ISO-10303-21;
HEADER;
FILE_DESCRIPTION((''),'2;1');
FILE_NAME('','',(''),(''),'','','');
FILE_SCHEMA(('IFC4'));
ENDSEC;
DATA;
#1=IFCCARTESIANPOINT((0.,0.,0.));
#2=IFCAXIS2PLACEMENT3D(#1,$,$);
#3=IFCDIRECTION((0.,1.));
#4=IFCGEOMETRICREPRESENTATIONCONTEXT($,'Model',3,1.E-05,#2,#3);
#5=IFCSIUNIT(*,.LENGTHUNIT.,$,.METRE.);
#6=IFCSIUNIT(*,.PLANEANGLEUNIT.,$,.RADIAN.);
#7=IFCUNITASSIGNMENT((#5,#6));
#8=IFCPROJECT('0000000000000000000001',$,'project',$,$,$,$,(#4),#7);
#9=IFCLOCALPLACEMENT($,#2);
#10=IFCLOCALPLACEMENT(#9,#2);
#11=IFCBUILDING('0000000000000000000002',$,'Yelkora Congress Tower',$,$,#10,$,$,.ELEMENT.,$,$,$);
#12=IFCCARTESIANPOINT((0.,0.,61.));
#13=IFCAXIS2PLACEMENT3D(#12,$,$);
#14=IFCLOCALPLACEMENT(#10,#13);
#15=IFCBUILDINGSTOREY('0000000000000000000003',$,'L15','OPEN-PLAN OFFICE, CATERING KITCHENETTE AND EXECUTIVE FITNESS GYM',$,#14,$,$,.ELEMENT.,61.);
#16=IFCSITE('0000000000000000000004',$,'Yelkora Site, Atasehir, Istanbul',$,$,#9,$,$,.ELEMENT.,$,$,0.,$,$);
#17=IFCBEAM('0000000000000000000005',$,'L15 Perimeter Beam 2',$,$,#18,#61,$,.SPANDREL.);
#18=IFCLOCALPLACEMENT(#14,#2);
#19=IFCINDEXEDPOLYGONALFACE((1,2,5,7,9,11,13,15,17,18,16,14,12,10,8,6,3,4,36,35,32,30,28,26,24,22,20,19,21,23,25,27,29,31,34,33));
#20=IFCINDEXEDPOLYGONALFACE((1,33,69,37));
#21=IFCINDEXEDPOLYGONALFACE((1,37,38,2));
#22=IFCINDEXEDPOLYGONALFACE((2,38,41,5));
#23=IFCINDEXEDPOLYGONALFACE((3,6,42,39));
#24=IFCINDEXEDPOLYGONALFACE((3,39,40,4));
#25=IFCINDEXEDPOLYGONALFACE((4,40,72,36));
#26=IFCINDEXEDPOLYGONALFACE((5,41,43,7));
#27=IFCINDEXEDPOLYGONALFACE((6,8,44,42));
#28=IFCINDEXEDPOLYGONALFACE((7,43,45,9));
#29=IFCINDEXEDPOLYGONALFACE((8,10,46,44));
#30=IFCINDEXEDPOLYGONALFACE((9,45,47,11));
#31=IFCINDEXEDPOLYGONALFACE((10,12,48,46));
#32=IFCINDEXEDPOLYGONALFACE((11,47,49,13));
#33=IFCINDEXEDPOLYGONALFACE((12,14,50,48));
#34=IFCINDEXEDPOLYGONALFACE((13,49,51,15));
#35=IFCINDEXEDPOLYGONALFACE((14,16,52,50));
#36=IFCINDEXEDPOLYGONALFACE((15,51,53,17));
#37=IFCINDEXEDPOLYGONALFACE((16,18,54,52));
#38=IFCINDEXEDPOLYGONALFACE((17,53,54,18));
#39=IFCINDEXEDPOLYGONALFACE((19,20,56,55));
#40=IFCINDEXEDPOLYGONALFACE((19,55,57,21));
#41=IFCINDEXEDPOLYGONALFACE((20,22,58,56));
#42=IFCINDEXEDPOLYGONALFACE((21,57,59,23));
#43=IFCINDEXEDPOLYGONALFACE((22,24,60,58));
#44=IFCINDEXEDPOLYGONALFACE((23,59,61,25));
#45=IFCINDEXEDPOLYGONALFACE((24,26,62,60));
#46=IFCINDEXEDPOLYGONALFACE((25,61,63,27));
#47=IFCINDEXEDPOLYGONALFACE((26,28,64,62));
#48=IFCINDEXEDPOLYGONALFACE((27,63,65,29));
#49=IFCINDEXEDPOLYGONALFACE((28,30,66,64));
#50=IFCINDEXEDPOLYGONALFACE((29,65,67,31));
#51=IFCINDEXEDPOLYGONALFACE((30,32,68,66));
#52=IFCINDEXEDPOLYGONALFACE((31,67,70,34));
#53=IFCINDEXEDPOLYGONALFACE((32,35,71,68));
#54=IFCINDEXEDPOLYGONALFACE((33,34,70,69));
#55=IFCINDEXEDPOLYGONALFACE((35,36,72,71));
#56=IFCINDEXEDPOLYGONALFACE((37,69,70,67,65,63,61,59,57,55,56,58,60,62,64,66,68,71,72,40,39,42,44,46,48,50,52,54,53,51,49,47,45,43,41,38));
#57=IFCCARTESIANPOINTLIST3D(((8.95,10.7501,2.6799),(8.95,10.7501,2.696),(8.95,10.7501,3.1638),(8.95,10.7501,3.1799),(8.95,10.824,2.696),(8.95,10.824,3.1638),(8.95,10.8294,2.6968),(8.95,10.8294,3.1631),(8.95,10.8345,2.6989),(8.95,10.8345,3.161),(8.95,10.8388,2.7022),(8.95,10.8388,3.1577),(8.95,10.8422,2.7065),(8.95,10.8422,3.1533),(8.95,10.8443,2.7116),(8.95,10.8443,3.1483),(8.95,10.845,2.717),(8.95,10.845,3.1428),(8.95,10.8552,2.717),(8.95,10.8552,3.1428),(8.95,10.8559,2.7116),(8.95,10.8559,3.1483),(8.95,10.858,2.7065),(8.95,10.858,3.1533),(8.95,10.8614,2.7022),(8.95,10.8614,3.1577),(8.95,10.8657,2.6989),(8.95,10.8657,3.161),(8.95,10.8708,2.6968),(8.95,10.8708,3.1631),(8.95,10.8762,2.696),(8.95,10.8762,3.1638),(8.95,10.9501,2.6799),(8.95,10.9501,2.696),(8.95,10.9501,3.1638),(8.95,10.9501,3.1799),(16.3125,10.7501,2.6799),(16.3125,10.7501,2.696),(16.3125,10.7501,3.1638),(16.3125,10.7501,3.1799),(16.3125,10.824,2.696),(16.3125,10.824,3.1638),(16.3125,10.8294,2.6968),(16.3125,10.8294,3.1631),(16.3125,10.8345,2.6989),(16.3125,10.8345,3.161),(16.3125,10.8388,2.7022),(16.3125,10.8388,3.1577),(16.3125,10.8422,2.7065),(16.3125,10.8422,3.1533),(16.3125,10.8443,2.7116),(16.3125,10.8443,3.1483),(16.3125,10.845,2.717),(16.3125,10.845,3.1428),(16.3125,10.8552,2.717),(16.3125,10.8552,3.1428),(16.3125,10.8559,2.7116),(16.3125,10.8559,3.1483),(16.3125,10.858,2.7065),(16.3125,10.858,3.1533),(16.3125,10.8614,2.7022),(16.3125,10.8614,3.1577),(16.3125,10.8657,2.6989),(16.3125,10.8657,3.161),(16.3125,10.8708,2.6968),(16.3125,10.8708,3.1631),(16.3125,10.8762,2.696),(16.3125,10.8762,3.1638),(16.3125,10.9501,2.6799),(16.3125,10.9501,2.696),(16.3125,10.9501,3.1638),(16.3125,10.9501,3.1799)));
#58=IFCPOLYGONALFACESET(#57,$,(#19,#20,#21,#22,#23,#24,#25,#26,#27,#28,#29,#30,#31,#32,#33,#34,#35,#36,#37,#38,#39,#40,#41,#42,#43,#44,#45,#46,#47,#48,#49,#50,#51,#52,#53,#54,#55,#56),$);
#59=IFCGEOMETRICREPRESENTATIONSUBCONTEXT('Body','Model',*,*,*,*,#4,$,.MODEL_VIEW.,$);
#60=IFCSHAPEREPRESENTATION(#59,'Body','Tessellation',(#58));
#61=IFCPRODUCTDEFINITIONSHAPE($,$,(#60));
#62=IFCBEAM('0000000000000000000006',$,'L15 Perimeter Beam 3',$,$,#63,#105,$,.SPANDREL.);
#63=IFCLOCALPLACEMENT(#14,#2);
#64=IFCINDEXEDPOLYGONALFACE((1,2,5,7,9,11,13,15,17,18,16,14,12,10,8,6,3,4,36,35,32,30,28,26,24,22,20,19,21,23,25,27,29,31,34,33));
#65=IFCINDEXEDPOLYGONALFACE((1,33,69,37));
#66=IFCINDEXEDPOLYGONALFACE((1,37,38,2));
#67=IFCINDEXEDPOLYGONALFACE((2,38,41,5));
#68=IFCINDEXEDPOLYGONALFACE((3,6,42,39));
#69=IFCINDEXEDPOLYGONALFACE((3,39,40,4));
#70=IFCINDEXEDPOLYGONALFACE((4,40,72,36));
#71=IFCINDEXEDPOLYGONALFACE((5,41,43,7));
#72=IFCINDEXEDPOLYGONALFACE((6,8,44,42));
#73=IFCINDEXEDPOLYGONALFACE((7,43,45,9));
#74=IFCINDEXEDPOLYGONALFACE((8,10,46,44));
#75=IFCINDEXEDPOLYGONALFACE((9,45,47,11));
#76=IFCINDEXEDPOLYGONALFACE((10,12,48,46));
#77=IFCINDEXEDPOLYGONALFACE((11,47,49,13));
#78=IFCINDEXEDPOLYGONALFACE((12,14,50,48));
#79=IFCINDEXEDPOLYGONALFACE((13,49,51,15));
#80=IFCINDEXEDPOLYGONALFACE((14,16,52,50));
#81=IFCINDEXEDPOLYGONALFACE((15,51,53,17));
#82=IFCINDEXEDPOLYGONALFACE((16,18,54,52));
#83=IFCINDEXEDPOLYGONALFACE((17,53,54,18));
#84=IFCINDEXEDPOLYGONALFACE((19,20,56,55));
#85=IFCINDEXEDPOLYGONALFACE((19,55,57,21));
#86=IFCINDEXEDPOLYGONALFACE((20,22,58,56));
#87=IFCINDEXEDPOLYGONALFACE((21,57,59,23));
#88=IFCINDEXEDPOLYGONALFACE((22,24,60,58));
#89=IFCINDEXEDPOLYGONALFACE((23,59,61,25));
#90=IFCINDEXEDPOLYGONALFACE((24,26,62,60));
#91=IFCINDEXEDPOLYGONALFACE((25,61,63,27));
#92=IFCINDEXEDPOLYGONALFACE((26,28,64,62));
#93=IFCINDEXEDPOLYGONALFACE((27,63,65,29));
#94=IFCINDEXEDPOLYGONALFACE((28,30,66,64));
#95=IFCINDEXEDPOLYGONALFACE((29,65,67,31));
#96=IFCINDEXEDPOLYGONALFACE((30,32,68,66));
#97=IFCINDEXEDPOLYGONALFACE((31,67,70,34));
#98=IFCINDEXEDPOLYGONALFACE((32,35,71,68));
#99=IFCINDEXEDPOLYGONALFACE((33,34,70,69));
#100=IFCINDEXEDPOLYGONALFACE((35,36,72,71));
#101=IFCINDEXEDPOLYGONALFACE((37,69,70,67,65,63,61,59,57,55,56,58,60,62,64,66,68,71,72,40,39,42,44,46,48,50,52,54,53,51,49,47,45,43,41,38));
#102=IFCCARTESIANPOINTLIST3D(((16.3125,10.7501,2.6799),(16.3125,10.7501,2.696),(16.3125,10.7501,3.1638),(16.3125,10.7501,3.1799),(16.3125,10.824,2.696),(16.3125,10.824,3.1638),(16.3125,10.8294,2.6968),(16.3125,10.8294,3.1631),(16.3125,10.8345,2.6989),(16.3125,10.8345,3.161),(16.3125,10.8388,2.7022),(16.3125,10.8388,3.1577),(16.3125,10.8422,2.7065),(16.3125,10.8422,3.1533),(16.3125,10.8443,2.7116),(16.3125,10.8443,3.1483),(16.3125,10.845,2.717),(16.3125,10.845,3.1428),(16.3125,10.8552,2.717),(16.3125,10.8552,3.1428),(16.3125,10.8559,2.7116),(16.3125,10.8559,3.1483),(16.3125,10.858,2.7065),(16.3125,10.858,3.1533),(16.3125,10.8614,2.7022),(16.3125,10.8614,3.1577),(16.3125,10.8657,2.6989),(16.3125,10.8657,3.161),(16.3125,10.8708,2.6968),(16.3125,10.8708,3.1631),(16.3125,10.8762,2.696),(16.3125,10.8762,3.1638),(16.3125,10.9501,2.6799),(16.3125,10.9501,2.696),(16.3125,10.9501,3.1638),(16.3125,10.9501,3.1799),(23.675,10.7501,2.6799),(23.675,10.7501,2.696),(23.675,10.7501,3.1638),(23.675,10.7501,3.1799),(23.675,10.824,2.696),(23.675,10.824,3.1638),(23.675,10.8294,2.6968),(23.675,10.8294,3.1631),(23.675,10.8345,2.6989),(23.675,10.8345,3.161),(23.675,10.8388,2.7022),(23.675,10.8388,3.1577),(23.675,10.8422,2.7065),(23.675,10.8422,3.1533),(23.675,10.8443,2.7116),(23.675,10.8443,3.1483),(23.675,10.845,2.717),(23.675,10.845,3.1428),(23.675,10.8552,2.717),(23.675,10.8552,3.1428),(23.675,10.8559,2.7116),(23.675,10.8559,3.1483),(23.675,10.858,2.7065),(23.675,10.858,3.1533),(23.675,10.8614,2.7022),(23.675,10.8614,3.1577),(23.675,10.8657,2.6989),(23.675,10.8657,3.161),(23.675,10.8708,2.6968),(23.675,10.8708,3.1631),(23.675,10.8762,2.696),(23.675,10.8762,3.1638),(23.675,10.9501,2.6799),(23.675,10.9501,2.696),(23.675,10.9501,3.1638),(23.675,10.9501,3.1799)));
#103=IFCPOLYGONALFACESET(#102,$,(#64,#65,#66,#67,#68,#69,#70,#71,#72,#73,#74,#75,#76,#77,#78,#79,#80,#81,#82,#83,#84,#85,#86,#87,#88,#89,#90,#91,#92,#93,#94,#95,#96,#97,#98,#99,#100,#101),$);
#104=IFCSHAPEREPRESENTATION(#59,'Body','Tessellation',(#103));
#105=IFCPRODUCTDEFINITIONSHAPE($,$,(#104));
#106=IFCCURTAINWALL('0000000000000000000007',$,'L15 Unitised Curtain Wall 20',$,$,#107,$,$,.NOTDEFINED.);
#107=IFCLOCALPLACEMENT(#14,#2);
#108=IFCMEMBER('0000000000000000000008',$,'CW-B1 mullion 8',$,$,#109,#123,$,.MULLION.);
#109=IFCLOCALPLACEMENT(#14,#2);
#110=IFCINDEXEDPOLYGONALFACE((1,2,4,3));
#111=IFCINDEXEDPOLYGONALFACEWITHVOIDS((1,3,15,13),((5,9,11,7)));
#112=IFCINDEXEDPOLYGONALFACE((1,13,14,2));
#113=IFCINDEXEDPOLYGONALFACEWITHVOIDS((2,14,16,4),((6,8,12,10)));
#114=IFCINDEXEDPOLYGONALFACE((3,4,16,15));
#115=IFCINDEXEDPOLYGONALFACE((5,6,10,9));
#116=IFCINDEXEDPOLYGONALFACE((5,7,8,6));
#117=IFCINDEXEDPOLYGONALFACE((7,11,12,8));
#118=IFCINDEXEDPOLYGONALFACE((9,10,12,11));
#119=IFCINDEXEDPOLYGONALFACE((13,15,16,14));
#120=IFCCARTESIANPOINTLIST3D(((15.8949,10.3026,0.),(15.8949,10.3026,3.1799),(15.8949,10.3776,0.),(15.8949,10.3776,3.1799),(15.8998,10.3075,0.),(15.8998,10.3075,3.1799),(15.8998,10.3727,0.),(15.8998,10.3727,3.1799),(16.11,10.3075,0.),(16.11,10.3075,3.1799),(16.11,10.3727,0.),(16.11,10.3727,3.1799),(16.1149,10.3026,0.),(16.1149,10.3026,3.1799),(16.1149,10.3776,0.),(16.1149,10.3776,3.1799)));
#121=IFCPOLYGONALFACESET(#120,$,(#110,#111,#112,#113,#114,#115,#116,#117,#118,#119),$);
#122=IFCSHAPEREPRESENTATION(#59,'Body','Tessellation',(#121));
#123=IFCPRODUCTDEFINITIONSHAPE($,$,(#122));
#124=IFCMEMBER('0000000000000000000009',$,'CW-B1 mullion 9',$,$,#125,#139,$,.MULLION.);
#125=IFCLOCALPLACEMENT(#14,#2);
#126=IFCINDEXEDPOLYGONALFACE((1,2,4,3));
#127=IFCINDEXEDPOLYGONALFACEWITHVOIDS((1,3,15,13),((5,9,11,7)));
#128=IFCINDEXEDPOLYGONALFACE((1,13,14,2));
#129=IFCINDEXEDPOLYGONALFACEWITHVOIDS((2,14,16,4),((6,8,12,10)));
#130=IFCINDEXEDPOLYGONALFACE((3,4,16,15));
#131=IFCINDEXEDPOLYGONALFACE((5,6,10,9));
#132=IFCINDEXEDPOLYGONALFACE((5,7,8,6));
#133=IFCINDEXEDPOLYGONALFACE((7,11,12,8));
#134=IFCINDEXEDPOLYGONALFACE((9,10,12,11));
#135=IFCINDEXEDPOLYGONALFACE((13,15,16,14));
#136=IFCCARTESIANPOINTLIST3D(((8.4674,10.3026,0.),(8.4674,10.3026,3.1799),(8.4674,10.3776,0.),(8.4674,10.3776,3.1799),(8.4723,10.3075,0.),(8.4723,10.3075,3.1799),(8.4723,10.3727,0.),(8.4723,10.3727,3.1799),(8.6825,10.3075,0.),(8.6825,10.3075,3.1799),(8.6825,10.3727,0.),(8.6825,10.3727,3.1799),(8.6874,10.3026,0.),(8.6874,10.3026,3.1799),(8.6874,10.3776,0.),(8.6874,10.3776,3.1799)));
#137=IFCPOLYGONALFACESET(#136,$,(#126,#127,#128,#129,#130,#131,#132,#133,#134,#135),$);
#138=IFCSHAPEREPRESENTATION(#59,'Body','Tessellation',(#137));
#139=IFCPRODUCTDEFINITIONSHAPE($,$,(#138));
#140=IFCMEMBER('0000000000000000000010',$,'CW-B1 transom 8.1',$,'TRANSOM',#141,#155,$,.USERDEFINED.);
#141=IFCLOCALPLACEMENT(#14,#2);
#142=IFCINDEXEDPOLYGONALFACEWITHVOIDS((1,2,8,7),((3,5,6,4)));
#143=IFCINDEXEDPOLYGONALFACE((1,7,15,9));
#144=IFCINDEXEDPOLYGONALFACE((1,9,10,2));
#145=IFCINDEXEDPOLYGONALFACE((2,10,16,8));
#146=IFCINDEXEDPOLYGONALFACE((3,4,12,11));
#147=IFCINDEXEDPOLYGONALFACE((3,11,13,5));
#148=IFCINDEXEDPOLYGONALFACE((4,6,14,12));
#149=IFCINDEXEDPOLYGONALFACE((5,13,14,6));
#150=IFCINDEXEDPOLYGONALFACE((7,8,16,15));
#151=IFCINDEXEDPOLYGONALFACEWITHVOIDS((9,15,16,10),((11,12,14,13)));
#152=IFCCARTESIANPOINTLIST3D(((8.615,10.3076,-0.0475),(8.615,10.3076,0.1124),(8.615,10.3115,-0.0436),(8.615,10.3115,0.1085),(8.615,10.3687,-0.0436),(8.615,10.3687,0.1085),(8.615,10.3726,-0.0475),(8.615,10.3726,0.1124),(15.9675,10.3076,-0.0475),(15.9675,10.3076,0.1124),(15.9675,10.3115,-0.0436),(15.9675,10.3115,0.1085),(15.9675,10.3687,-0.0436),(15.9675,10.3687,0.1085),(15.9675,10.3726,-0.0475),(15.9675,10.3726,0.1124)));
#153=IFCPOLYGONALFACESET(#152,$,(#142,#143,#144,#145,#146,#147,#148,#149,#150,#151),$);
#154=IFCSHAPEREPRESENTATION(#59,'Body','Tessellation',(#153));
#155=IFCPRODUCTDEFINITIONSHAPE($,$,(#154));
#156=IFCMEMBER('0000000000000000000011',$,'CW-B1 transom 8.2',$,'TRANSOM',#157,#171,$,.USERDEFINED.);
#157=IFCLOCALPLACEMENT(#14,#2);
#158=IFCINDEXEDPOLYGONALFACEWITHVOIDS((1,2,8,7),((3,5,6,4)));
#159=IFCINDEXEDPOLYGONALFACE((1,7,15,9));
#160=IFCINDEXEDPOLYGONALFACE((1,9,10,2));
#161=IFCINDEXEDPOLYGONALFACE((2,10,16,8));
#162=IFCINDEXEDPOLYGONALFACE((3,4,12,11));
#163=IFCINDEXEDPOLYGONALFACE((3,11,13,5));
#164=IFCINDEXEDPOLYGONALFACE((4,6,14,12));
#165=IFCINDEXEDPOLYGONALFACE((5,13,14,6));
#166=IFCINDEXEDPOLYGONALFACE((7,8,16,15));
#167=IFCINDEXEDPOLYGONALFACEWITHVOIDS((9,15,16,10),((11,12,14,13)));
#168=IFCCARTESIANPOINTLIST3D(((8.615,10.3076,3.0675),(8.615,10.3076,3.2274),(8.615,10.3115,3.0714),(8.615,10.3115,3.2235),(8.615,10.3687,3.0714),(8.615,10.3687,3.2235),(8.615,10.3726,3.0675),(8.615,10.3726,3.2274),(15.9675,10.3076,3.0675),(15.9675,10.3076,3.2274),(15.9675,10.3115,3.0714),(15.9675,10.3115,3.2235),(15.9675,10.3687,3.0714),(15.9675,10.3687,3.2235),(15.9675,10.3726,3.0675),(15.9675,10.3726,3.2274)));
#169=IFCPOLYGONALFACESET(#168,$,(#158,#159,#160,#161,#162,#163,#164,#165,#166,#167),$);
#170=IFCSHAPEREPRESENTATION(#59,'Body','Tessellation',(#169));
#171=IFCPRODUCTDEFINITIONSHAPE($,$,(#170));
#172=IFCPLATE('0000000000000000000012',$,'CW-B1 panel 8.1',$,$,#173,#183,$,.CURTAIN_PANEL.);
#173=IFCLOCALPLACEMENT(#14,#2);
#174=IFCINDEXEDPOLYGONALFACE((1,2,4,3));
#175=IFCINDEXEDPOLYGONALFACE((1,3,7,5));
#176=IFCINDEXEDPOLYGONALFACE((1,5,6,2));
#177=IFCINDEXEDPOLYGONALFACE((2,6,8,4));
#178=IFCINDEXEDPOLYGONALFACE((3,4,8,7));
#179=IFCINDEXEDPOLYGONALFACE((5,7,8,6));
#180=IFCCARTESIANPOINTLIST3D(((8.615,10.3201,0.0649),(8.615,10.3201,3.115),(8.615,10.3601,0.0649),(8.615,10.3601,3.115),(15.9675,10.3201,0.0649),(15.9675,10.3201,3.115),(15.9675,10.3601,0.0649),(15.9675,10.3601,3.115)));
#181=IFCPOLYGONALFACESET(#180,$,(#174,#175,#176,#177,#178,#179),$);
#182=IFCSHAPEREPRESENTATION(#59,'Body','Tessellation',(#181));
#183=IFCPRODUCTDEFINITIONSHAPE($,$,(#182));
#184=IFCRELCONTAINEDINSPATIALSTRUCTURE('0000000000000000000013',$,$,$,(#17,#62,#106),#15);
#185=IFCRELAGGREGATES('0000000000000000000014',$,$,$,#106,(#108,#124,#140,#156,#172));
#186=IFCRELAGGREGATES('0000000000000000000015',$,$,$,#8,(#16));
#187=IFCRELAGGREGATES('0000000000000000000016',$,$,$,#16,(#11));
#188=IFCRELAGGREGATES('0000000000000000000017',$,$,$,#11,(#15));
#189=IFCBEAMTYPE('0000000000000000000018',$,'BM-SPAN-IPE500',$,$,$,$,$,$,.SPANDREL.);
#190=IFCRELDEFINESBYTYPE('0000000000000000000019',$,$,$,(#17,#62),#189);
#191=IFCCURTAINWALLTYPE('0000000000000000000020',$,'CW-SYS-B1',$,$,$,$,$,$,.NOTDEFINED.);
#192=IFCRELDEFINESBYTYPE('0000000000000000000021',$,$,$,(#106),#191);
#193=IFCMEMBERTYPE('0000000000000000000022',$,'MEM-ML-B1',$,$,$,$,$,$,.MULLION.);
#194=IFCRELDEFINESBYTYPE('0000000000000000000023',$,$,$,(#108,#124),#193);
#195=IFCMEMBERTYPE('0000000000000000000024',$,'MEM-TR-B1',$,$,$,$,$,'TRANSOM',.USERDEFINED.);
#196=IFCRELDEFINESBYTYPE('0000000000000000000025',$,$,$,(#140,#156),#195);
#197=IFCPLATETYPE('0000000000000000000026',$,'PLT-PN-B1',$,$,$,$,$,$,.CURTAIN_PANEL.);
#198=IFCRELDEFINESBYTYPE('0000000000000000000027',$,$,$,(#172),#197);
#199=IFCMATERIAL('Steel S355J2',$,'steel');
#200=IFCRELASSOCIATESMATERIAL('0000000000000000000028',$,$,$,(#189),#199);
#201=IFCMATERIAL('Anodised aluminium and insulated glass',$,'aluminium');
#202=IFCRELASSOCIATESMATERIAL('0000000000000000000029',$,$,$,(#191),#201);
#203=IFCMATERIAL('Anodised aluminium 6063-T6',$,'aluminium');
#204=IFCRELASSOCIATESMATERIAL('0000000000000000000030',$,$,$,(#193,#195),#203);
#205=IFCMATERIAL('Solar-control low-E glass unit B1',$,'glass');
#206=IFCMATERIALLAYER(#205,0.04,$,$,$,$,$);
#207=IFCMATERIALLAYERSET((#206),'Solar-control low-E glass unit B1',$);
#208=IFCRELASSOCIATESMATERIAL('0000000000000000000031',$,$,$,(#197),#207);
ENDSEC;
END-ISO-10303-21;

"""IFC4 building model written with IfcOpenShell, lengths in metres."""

from ifc_helpers import new_model, si_unit, direction, frame, origin, origin_2d, place, context, subcontext, project, spatial, rectangle, hollow_rectangle, i_section, extrude, material, layer, layer_set, material_profile, profile_set, type_object, element, aggregate, save


model = new_model("IFC4")

# Units and contexts
model_context = context("Model", 3, precision=1e-05, world=origin(), true_north=direction((0.0, 1.0)))
body_context = subcontext(model_context, "Body", "Model", "MODEL_VIEW")
ifc_project = project(units=[si_unit("LENGTHUNIT", "METRE"), si_unit("PLANEANGLEUNIT", "RADIAN")], contexts=[model_context])

# Site, building, storey
site_placement = place(None, origin())
site = spatial("IfcSite", under=ifc_project, at=site_placement, Name="Yelkora Site, Atasehir, Istanbul", CompositionType="ELEMENT", RefElevation=0.0)
building_placement = place(site_placement, origin())
building = spatial("IfcBuilding", under=site, at=building_placement, Name="Yelkora Congress Tower", CompositionType="ELEMENT")
storey_placement = place(building_placement, frame((0.0, 0.0, 61.0)))
storey = spatial("IfcBuildingStorey", under=building, at=storey_placement, Name="L15", Description="OPEN-PLAN OFFICE, CATERING KITCHENETTE AND EXECUTIVE FITNESS GYM", CompositionType="ELEMENT", Elevation=61.0)

# Beams
ifc_material_1 = material(Name="Steel S355J2", Category="steel")
ifc_material_profile_1 = material_profile(ifc_material_1, i_section(OverallWidth=0.2, OverallDepth=0.5, WebThickness=0.0103, FlangeThickness=0.0161, FilletRadius=0.021, at=origin_2d()), Name="IPE 500")
ifc_profile_set_1 = profile_set([ifc_material_profile_1], Name="Steel S355J2")
beam_type_1 = type_object("IfcBeamType", Name="BM-SPAN-IPE500", PredefinedType="SPANDREL", material=ifc_profile_set_1)
for number, where, z_axis, x_axis, name in (
    (1, (8.95, 10.8501, 2.9299), (1.0, 0.0, 0.0), (0.0, 1.0, 0.0), "L15 Perimeter Beam 2"),
    (2, (16.3125, 10.8501, 2.9299), (1.0, 0.0, 0.0), (0.0, 1.0, 0.0), "L15 Perimeter Beam 3"),
):
    element("IfcBeam", number, at=place(storey_placement, frame(where, z_axis=z_axis, x_axis=x_axis)), inside=storey, type_object=beam_type_1, Name=name, PredefinedType="SPANDREL", context=body_context, shape_type="SweptSolid", body=[
        extrude(i_section(OverallWidth=0.2, OverallDepth=0.5, WebThickness=0.0103, FlangeThickness=0.0161, FilletRadius=0.021, at=origin_2d()), origin(), (0.0, 0.0, 1.0), 7.3625),
    ])

# Curtain wall, members, plate
ifc_material_2 = material(Name="Anodised aluminium and insulated glass", Category="aluminium")
curtain_wall_type = type_object("IfcCurtainWallType", Name="CW-SYS-B1", PredefinedType="NOTDEFINED", material=ifc_material_2)
curtain_wall_placement = place(storey_placement, origin())
curtain_wall = element("IfcCurtainWall", 3, at=curtain_wall_placement, inside=storey, type_object=curtain_wall_type, Name="L15 Unitised Curtain Wall 20", PredefinedType="NOTDEFINED")
ifc_material_3 = material(Name="Anodised aluminium 6063-T6", Category="aluminium")
ifc_material_profile_2 = material_profile(ifc_material_3, hollow_rectangle(XDim=0.075, YDim=0.22, WallThickness=0.0049, at=origin_2d()), Name="ALU 75x220x5")
ifc_profile_set_2 = profile_set([ifc_material_profile_2], Name="Anodised aluminium 6063-T6")
member_type_1 = type_object("IfcMemberType", Name="MEM-ML-B1", PredefinedType="MULLION", material=ifc_profile_set_2)
member_1_placement = place(storey_placement, frame((16.0049, 10.3401, 0.0), z_axis=(0.0, 0.0, 1.0), x_axis=(0.0, -1.0, 0.0)))
member_1 = element("IfcMember", 4, at=member_1_placement, type_object=member_type_1, Name="CW-B1 mullion 8", PredefinedType="MULLION", context=body_context, shape_type="SweptSolid", body=[
    extrude(hollow_rectangle(XDim=0.075, YDim=0.22, WallThickness=0.0049, at=origin_2d()), origin(), (0.0, 0.0, 1.0), 3.1799),
])
member_2_placement = place(storey_placement, frame((8.5774, 10.3401, 0.0), z_axis=(0.0, 0.0, 1.0), x_axis=(0.0, -1.0, 0.0)))
member_2 = element("IfcMember", 5, at=member_2_placement, type_object=member_type_1, Name="CW-B1 mullion 9", PredefinedType="MULLION", context=body_context, shape_type="SweptSolid", body=[
    extrude(hollow_rectangle(XDim=0.075, YDim=0.22, WallThickness=0.0049, at=origin_2d()), origin(), (0.0, 0.0, 1.0), 3.1799),
])
ifc_material_profile_3 = material_profile(ifc_material_3, hollow_rectangle(XDim=0.0649, YDim=0.1599, WallThickness=0.0039, at=origin_2d()), Name="ALU 65x160x4")
ifc_profile_set_3 = profile_set([ifc_material_profile_3], Name="Anodised aluminium 6063-T6")
member_type_2 = type_object("IfcMemberType", Name="MEM-TR-B1", ElementType="TRANSOM", PredefinedType="USERDEFINED", material=ifc_profile_set_3)
member_3_placement = place(storey_placement, frame((15.9675, 10.3401, 0.0325), z_axis=(-1.0, 0.0, 0.0), x_axis=(0.0, -1.0, 0.0)))
member_3 = element("IfcMember", 6, at=member_3_placement, type_object=member_type_2, Name="CW-B1 transom 8.1", ObjectType="TRANSOM", PredefinedType="USERDEFINED", context=body_context, shape_type="SweptSolid", body=[
    extrude(hollow_rectangle(XDim=0.0649, YDim=0.1599, WallThickness=0.0039, at=origin_2d()), origin(), (0.0, 0.0, 1.0), 7.3525),
])
member_4_placement = place(storey_placement, frame((15.9675, 10.3401, 3.1475), z_axis=(-1.0, 0.0, 0.0), x_axis=(0.0, -1.0, 0.0)))
member_4 = element("IfcMember", 7, at=member_4_placement, type_object=member_type_2, Name="CW-B1 transom 8.2", ObjectType="TRANSOM", PredefinedType="USERDEFINED", context=body_context, shape_type="SweptSolid", body=[
    extrude(hollow_rectangle(XDim=0.0649, YDim=0.1599, WallThickness=0.0039, at=origin_2d()), origin(), (0.0, 0.0, 1.0), 7.3525),
])
ifc_material_4 = material(Name="Solar-control low-E glass unit B1", Category="glass")
ifc_layer_1 = layer(ifc_material_4, 0.04)
ifc_layer_set_1 = layer_set([ifc_layer_1], Name="Solar-control low-E glass unit B1")
plate_type = type_object("IfcPlateType", Name="PLT-PN-B1", PredefinedType="CURTAIN_PANEL", material=ifc_layer_set_1)
plate_placement = place(storey_placement, frame((12.2913, 10.3401, 0.0649), z_axis=(0.0, 0.0, 1.0), x_axis=(-1.0, 0.0, 0.0)))
plate = element("IfcPlate", 8, at=plate_placement, type_object=plate_type, Name="CW-B1 panel 8.1", PredefinedType="CURTAIN_PANEL", context=body_context, shape_type="SweptSolid", body=[
    extrude(rectangle(XDim=7.3525, YDim=0.04, at=origin_2d()), origin(), (0.0, 0.0, 1.0), 3.05),
])
aggregate(curtain_wall, [member_1, member_2, member_3, member_4, plate])

save(model, "model.ifc")
